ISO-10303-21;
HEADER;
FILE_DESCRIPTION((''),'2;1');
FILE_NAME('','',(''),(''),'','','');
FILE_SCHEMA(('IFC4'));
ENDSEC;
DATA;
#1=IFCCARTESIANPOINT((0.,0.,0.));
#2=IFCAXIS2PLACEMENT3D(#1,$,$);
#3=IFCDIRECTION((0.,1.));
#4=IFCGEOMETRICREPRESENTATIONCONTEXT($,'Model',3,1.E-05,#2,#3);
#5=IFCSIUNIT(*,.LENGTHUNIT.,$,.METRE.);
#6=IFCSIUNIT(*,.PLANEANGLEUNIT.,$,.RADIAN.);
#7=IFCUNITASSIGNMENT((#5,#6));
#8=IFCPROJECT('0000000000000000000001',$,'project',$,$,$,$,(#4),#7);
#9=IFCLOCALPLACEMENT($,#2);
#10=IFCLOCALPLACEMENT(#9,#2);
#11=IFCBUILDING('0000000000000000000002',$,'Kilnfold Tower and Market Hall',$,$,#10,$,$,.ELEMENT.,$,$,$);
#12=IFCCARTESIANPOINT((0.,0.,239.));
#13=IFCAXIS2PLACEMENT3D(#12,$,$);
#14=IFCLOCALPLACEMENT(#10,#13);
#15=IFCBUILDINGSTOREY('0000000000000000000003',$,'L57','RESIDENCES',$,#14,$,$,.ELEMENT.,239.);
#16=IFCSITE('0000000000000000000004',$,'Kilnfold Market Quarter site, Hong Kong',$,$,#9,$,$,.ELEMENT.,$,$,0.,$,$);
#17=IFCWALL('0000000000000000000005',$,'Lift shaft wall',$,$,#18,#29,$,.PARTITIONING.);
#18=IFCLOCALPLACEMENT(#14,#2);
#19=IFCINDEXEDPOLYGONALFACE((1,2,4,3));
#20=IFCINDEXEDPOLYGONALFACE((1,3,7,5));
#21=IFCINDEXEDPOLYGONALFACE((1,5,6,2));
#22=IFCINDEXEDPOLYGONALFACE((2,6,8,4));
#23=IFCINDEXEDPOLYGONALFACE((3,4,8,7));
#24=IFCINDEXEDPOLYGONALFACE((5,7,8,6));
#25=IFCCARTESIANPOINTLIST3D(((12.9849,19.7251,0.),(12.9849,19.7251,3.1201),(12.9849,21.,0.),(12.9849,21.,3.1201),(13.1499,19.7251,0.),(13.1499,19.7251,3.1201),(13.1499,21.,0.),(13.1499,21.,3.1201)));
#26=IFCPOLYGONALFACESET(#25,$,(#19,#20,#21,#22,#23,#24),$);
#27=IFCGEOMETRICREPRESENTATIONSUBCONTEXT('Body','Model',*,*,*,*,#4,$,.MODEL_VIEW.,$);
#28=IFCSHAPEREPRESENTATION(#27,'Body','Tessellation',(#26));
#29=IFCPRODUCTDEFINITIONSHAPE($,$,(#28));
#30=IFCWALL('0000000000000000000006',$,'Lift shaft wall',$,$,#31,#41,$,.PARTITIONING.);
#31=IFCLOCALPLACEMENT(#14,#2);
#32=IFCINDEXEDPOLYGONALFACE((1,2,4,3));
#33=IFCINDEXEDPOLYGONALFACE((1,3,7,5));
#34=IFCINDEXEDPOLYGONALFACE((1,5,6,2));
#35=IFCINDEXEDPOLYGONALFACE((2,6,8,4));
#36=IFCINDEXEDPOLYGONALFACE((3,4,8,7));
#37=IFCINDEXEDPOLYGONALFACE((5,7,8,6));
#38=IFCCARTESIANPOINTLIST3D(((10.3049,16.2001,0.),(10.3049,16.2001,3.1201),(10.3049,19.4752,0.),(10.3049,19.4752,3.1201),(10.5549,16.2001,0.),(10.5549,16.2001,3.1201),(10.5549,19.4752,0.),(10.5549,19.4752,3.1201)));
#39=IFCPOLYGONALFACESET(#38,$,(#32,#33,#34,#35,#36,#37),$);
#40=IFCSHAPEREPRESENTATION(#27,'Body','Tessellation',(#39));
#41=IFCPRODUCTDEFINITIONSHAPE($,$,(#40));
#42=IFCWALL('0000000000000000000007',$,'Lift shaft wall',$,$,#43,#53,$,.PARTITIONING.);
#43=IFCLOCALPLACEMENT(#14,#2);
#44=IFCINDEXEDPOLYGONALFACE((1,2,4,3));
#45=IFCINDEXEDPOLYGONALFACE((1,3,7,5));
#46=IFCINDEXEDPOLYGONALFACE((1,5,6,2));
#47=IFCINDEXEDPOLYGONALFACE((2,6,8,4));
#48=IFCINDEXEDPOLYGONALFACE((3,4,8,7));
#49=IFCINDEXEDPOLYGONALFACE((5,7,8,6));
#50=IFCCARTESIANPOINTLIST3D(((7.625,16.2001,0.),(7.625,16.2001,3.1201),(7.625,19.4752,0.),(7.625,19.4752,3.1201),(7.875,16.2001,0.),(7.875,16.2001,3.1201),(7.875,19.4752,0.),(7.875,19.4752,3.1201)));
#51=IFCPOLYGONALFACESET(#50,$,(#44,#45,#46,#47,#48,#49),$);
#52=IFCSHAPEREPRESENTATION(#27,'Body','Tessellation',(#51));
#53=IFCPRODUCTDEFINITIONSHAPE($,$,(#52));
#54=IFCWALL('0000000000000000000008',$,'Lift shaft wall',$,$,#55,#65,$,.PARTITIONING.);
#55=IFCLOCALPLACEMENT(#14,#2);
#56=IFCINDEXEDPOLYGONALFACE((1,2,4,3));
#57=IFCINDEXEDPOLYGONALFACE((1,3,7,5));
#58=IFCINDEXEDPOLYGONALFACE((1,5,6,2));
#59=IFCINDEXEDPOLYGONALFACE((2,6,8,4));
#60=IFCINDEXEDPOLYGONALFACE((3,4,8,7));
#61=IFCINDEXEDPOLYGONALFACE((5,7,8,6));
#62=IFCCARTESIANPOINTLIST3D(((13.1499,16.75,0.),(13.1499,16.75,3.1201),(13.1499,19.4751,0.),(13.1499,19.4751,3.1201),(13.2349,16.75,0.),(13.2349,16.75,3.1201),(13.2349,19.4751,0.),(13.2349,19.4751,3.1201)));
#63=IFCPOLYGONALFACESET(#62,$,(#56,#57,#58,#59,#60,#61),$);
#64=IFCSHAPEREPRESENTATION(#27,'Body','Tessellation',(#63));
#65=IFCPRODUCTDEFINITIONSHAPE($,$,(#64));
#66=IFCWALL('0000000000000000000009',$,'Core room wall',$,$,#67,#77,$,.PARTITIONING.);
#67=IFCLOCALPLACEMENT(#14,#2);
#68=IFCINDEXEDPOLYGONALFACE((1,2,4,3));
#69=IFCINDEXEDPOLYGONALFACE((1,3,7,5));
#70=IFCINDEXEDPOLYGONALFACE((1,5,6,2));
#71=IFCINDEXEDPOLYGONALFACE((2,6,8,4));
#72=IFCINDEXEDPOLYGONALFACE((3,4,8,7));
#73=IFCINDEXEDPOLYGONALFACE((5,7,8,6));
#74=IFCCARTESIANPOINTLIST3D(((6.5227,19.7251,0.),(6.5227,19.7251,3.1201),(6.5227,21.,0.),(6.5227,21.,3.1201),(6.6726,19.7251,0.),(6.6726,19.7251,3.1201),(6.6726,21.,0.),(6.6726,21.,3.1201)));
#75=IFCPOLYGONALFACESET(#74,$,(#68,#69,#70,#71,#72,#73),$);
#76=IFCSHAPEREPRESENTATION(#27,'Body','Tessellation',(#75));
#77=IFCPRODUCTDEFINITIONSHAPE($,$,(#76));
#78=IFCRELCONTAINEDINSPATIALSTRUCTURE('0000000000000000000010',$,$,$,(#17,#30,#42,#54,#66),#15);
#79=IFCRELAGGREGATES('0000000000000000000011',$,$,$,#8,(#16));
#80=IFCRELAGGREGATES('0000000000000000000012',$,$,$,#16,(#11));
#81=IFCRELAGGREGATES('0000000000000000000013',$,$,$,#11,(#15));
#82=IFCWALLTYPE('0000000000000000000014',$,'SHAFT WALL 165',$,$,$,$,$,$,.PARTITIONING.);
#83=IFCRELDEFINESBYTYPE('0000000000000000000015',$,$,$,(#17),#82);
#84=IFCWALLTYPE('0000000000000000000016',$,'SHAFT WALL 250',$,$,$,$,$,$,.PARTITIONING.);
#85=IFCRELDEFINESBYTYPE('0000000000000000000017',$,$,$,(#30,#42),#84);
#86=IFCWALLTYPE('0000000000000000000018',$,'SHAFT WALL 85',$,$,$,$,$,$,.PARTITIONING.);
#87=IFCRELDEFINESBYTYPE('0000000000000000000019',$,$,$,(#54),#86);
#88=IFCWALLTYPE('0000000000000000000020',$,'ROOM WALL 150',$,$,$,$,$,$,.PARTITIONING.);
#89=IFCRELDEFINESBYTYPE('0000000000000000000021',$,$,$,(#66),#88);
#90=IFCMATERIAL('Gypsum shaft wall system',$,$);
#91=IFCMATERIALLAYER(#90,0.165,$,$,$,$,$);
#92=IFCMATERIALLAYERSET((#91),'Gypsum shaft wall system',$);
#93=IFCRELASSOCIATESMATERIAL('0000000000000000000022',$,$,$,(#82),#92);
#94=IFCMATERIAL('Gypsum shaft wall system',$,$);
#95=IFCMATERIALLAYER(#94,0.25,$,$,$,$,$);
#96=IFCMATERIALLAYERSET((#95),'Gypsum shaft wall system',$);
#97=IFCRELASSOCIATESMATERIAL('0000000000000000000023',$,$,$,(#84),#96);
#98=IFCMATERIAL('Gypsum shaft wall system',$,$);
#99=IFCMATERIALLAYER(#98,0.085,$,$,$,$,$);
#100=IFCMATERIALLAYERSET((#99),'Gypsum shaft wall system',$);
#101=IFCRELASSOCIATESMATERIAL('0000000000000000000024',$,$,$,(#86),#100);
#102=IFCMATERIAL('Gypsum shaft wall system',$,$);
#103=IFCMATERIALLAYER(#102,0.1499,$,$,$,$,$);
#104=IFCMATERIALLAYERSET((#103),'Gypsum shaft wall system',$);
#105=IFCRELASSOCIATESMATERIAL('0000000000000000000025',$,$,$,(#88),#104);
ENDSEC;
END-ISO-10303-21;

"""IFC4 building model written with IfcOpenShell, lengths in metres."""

from ifc_helpers import new_model, si_unit, direction, frame, frame_2d, origin, place, context, subcontext, project, spatial, rectangle, extrude, source, transform, mapped, material, layer, layer_set, type_object, element, save


model = new_model("IFC4")

# Units and contexts
model_context = context("Model", 3, precision=1e-05, world=origin(), true_north=direction((0.0, 1.0)))
body_context = subcontext(model_context, "Body", "Model", "MODEL_VIEW")
ifc_project = project(units=[si_unit("LENGTHUNIT", "METRE"), si_unit("PLANEANGLEUNIT", "RADIAN")], contexts=[model_context])

# Site, building, storey
site_placement = place(None, origin())
site = spatial("IfcSite", under=ifc_project, at=site_placement, Name="Kilnfold Market Quarter site, Hong Kong", CompositionType="ELEMENT", RefElevation=0.0)
building_placement = place(site_placement, origin())
building = spatial("IfcBuilding", under=site, at=building_placement, Name="Kilnfold Tower and Market Hall", CompositionType="ELEMENT")
storey_placement = place(building_placement, frame((0.0, 0.0, 239.0)))
storey = spatial("IfcBuildingStorey", under=building, at=storey_placement, Name="L57", Description="RESIDENCES", CompositionType="ELEMENT", Elevation=239.0)

# Walls
ifc_material_1 = material(Name="Gypsum shaft wall system")
ifc_layer_1 = layer(ifc_material_1, 0.165)
ifc_layer_set_1 = layer_set([ifc_layer_1], Name="Gypsum shaft wall system")
wall_type_1 = type_object("IfcWallType", Name="SHAFT WALL 165", PredefinedType="PARTITIONING", material=ifc_layer_set_1)
shared_shape_1 = source(origin(), body_context, "Body", "SweptSolid", [
    extrude(rectangle(XDim=1.2749, YDim=0.165, at=frame_2d((0.6375, 0.0))), origin(), (0.0, 0.0, 1.0), 3.1201),
])
wall_1_placement = place(storey_placement, frame((13.0674, 19.7251, 0.0), z_axis=(0.0, 0.0, 1.0), x_axis=(0.0, 1.0, 0.0)))
element("IfcWall", 1, at=wall_1_placement, inside=storey, type_object=wall_type_1, Name="Lift shaft wall", PredefinedType="PARTITIONING", context=body_context, shape_type="MappedRepresentation", body=[
    mapped(shared_shape_1, transform((0.0, 0.0, 0.0))),
])
ifc_material_2 = material(Name="Gypsum shaft wall system")
ifc_layer_2 = layer(ifc_material_2, 0.25)
ifc_layer_set_2 = layer_set([ifc_layer_2], Name="Gypsum shaft wall system")
wall_type_2 = type_object("IfcWallType", Name="SHAFT WALL 250", PredefinedType="PARTITIONING", material=ifc_layer_set_2)
shared_shape_2 = source(origin(), body_context, "Body", "SweptSolid", [
    extrude(rectangle(XDim=3.2751, YDim=0.25, at=frame_2d((1.6377, 0.0))), origin(), (0.0, 0.0, 1.0), 3.1201),
])
for number, where, z_axis, x_axis, name in (
    (2, (10.4299, 16.2, 0.0), (0.0, 0.0, 1.0), (0.0, 1.0, 0.0), "Lift shaft wall"),
    (3, (7.75, 16.2, 0.0), (0.0, 0.0, 1.0), (0.0, 1.0, 0.0), "Lift shaft wall"),
):
    element("IfcWall", number, at=place(storey_placement, frame(where, z_axis=z_axis, x_axis=x_axis)), inside=storey, type_object=wall_type_2, Name=name, PredefinedType="PARTITIONING", context=body_context, shape_type="MappedRepresentation", body=[
        mapped(shared_shape_2, transform((0.0, 0.0, 0.0))),
    ])
ifc_material_3 = material(Name="Gypsum shaft wall system")
ifc_layer_3 = layer(ifc_material_3, 0.085)
ifc_layer_set_3 = layer_set([ifc_layer_3], Name="Gypsum shaft wall system")
wall_type_3 = type_object("IfcWallType", Name="SHAFT WALL 85", PredefinedType="PARTITIONING", material=ifc_layer_set_3)
shared_shape_3 = source(origin(), body_context, "Body", "SweptSolid", [
    extrude(rectangle(XDim=2.7251, YDim=0.085, at=frame_2d((1.3625, 0.0))), origin(), (0.0, 0.0, 1.0), 3.1201),
])
wall_2_placement = place(storey_placement, frame((13.1924, 16.75, 0.0), z_axis=(0.0, 0.0, 1.0), x_axis=(0.0, 1.0, 0.0)))
element("IfcWall", 4, at=wall_2_placement, inside=storey, type_object=wall_type_3, Name="Lift shaft wall", PredefinedType="PARTITIONING", context=body_context, shape_type="MappedRepresentation", body=[
    mapped(shared_shape_3, transform((0.0, 0.0, 0.0))),
])
ifc_material_4 = material(Name="Gypsum shaft wall system")
ifc_layer_4 = layer(ifc_material_4, 0.1499)
ifc_layer_set_4 = layer_set([ifc_layer_4], Name="Gypsum shaft wall system")
wall_type_4 = type_object("IfcWallType", Name="ROOM WALL 150", PredefinedType="PARTITIONING", material=ifc_layer_set_4)
shared_shape_4 = source(origin(), body_context, "Body", "SweptSolid", [
    extrude(rectangle(XDim=1.2749, YDim=0.1499, at=frame_2d((0.6375, 0.0))), origin(), (0.0, 0.0, 1.0), 3.1201),
])
wall_3_placement = place(storey_placement, frame((6.5977, 19.7251, 0.0), z_axis=(0.0, 0.0, 1.0), x_axis=(0.0, 1.0, 0.0)))
element("IfcWall", 5, at=wall_3_placement, inside=storey, type_object=wall_type_4, Name="Core room wall", PredefinedType="PARTITIONING", context=body_context, shape_type="MappedRepresentation", body=[
    mapped(shared_shape_4, transform((0.0, 0.0, 0.0))),
])

save(model, "model.ifc")
